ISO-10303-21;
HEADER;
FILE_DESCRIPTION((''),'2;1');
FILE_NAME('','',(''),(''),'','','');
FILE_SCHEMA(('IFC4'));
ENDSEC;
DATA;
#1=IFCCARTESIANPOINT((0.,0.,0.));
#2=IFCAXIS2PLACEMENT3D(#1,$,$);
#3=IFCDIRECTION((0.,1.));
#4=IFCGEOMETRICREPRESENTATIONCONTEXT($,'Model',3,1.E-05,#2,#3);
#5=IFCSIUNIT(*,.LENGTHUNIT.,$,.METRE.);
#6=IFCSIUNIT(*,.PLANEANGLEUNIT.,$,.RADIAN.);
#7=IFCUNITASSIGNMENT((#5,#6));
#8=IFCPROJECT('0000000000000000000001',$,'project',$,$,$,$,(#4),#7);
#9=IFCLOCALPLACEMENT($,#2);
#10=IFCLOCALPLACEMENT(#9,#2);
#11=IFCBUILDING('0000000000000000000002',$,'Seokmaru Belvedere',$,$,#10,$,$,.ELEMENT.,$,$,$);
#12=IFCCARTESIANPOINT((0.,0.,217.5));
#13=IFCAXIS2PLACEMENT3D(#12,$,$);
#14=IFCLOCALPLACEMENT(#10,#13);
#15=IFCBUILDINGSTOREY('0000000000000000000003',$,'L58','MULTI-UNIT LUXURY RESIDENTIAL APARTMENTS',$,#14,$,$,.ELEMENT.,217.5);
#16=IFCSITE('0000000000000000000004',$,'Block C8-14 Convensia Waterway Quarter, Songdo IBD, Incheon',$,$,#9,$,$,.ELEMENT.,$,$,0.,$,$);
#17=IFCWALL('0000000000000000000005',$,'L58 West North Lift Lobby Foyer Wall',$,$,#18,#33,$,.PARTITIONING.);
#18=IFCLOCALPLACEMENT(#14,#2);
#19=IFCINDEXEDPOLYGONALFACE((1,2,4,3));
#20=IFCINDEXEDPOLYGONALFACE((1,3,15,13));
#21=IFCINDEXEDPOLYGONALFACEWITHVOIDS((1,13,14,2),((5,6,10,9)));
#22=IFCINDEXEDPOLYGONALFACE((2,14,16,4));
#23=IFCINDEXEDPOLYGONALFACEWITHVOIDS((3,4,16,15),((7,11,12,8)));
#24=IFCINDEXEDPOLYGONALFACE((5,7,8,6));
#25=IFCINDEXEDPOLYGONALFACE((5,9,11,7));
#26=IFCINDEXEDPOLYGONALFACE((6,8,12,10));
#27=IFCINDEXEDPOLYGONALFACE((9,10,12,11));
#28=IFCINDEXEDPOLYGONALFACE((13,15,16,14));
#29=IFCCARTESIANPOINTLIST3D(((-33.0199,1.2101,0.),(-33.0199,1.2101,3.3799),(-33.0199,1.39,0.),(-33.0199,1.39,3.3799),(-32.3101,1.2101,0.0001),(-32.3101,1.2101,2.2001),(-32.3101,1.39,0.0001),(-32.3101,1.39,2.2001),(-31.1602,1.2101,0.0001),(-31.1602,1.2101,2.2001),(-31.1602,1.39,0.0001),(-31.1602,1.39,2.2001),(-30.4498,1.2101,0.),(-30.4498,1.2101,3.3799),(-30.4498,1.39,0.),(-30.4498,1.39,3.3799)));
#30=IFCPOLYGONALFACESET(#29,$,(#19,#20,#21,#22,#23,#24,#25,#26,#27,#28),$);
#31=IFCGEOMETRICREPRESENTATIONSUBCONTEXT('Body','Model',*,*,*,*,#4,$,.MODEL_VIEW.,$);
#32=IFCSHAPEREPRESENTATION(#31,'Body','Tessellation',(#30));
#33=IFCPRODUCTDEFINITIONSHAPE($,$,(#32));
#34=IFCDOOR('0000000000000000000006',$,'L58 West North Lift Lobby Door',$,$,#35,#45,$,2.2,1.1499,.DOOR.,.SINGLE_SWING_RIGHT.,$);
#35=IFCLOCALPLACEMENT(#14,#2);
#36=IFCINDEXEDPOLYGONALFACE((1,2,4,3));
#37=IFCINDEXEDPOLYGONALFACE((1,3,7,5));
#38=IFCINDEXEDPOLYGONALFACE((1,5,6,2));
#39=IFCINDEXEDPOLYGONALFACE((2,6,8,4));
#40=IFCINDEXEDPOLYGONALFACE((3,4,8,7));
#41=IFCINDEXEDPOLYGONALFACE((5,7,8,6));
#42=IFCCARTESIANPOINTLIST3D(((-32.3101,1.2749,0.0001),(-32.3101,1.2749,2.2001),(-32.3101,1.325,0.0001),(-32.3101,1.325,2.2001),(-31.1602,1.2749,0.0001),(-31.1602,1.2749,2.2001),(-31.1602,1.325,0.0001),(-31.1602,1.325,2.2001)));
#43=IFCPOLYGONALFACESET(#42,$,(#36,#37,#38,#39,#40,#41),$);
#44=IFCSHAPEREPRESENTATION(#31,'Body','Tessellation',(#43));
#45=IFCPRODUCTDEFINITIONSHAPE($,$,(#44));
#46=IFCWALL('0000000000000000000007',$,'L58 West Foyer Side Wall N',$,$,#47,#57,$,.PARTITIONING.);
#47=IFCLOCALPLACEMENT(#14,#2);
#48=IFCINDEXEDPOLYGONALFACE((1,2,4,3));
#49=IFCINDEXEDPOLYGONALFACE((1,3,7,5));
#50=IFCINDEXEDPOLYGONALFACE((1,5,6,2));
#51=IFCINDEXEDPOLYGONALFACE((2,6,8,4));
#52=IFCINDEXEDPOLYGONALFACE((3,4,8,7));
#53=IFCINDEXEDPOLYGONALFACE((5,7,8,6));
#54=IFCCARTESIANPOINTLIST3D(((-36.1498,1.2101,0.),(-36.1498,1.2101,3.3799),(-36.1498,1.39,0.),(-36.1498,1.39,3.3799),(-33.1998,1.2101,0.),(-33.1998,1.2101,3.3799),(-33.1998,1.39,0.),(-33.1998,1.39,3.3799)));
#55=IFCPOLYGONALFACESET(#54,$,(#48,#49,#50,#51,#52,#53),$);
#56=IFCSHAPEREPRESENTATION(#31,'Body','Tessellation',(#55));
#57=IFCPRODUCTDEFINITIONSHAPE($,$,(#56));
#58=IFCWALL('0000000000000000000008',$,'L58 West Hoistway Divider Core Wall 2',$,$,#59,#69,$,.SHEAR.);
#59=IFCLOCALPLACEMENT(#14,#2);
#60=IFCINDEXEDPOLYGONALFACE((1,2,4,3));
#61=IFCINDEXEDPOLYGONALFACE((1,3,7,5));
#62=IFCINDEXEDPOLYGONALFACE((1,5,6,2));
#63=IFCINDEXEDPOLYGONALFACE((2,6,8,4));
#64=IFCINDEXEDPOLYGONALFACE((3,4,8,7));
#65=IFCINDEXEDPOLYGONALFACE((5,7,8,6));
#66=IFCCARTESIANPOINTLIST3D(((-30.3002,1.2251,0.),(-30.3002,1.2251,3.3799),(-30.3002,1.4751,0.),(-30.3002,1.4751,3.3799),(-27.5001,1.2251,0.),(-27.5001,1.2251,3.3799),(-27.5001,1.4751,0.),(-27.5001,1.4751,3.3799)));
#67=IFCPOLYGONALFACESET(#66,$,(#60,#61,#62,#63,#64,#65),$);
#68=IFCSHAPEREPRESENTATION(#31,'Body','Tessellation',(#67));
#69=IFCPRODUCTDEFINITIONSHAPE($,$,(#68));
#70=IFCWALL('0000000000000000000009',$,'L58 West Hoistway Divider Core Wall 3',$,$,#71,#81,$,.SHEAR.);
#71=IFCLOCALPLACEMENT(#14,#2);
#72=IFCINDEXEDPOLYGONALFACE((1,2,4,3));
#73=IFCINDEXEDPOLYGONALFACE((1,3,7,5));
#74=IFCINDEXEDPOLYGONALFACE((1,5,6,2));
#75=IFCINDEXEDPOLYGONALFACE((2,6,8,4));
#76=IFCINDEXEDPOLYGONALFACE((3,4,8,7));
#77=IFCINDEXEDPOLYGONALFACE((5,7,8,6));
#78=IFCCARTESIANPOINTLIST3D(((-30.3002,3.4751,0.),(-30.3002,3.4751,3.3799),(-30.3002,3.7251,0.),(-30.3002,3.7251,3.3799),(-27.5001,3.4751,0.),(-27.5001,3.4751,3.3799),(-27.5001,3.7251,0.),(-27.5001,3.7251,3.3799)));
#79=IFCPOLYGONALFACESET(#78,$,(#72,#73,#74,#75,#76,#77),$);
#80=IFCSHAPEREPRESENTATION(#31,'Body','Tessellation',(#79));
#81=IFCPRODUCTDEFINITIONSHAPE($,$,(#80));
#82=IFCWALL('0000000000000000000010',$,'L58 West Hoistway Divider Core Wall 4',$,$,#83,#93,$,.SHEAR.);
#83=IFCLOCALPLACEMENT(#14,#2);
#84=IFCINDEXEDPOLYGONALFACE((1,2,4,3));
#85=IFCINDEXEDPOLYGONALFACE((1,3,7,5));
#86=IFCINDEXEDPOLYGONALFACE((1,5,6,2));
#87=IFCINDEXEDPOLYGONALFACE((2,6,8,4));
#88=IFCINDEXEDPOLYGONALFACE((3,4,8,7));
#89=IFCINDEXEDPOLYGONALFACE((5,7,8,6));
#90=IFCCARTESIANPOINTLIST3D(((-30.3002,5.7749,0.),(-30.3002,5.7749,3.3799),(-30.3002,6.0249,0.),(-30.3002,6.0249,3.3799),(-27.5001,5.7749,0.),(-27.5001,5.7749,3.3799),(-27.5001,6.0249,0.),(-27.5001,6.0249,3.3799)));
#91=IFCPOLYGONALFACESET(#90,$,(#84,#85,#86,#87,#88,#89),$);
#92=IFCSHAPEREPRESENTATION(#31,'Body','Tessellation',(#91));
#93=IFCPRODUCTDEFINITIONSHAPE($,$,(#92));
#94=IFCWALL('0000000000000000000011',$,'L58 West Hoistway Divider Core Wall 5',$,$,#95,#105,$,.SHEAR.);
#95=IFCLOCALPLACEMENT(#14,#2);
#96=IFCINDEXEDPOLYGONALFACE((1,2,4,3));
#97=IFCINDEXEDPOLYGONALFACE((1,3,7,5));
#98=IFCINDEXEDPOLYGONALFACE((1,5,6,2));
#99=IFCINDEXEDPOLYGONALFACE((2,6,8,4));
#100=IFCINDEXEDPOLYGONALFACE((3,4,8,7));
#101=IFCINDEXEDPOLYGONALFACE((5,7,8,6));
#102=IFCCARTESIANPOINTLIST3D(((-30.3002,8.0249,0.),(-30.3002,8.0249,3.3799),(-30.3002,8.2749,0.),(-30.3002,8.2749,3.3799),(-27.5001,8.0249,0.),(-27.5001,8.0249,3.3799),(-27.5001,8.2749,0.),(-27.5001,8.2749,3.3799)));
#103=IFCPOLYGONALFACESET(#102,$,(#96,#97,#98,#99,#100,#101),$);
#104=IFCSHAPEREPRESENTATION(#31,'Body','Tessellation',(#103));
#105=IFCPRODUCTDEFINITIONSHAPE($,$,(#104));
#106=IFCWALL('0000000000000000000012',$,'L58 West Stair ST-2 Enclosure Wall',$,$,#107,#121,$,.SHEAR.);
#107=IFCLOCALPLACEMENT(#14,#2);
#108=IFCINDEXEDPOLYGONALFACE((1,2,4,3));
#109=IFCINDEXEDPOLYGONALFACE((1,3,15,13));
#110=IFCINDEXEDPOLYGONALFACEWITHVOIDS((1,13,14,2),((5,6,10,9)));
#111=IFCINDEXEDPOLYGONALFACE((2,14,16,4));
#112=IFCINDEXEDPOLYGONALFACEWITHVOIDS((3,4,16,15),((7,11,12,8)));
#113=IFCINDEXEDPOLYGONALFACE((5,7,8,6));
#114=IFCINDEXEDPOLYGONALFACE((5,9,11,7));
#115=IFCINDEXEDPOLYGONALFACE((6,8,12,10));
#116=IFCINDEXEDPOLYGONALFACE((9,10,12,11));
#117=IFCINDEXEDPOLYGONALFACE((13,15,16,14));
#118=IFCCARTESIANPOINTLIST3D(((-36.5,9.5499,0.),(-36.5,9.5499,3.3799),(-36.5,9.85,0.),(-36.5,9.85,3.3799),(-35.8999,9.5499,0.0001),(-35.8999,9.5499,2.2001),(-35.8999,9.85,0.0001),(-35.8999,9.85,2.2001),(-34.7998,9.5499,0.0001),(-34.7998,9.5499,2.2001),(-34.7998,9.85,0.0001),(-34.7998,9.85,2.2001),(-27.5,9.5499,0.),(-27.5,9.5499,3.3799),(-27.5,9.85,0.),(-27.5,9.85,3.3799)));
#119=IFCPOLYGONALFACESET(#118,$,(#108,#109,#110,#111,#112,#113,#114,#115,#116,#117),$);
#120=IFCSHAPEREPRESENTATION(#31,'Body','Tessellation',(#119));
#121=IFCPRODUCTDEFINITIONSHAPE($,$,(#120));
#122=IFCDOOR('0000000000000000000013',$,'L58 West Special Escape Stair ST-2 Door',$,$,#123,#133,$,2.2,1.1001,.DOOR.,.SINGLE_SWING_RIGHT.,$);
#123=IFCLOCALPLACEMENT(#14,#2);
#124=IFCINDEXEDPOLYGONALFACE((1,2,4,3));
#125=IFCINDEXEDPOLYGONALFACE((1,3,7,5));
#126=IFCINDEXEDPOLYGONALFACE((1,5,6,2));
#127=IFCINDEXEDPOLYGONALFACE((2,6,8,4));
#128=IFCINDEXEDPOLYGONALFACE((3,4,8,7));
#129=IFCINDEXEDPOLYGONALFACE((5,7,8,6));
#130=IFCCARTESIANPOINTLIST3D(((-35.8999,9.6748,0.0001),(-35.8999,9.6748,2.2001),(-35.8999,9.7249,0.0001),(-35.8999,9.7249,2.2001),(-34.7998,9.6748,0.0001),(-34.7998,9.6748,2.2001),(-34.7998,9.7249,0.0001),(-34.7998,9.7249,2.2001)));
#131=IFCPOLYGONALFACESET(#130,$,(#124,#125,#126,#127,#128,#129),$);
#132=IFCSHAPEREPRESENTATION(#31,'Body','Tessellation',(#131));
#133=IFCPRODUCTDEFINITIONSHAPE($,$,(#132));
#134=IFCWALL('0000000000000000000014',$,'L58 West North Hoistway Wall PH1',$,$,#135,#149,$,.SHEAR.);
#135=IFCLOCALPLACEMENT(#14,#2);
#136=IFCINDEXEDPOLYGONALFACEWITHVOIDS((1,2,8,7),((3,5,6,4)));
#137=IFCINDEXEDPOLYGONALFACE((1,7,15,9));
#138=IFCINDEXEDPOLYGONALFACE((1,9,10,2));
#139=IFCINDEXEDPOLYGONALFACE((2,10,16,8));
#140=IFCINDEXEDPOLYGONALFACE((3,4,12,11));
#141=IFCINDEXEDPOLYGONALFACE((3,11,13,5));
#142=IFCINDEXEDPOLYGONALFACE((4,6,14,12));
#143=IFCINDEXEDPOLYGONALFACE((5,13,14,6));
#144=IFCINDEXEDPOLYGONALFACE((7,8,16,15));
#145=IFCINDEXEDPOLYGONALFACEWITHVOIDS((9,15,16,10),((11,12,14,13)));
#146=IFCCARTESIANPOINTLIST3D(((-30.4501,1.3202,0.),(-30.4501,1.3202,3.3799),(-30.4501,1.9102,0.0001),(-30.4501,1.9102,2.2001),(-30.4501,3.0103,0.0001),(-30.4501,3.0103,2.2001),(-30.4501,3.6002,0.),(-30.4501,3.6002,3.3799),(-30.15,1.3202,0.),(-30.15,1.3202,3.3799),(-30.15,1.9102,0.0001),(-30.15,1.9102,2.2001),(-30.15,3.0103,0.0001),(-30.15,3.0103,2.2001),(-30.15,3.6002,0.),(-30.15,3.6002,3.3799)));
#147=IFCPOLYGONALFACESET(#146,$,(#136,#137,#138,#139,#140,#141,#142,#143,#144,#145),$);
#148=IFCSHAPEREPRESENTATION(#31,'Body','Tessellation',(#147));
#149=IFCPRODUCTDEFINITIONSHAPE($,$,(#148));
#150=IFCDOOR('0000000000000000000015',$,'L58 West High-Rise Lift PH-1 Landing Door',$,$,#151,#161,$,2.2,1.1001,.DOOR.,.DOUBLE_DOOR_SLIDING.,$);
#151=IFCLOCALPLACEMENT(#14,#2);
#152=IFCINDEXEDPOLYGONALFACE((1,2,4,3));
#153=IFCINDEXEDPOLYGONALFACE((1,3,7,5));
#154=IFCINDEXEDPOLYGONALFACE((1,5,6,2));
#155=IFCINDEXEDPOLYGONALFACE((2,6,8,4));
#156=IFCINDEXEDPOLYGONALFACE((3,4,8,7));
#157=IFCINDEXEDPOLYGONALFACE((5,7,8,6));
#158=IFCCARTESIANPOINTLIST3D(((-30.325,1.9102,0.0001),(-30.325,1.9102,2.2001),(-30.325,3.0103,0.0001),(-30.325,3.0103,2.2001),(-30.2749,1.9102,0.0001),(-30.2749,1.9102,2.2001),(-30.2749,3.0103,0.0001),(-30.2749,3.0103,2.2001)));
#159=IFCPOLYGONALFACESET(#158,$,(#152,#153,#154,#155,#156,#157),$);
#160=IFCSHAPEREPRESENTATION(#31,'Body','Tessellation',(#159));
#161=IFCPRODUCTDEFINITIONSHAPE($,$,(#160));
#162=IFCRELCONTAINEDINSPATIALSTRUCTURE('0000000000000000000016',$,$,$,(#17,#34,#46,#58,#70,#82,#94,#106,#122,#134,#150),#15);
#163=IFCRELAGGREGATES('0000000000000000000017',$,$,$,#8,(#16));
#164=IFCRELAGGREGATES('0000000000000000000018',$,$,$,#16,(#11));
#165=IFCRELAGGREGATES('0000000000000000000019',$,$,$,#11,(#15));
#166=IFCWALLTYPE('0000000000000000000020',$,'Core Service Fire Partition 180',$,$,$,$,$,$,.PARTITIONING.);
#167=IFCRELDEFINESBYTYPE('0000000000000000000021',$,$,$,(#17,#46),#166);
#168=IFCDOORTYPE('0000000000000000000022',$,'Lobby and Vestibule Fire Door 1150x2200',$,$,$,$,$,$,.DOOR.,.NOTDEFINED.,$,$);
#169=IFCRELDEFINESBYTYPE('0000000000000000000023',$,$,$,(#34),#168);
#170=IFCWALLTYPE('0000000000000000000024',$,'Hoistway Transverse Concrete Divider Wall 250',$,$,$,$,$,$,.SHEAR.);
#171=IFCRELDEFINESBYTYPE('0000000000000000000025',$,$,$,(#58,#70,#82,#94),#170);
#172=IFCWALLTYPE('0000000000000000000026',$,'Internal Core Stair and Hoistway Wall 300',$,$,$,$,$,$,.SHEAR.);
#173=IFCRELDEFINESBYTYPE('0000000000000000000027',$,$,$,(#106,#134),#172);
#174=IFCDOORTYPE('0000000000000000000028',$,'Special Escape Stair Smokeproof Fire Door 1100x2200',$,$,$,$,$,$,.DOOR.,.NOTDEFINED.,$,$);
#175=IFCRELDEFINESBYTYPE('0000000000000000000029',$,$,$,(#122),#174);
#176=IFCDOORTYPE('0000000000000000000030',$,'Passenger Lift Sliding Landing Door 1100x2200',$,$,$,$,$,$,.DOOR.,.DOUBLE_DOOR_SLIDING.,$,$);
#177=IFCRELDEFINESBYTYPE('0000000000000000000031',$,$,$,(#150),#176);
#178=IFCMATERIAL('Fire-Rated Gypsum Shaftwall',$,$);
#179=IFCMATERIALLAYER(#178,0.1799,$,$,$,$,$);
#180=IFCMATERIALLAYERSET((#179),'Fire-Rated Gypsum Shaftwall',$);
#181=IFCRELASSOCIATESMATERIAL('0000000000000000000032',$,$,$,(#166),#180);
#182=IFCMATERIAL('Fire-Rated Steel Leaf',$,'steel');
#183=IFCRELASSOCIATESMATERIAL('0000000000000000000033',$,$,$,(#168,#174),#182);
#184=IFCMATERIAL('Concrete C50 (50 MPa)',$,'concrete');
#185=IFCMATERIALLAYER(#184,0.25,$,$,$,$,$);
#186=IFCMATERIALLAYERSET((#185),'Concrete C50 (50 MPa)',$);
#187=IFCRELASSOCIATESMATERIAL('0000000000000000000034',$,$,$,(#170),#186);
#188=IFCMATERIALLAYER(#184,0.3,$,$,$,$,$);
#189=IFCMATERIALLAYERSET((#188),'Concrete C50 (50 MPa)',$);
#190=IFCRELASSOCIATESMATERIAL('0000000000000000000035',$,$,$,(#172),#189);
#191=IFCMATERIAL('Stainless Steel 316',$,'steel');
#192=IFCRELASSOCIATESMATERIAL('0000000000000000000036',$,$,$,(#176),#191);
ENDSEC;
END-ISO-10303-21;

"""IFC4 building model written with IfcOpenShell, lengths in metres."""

from ifc_helpers import new_model, si_unit, direction, frame, frame_2d, origin, place, context, subcontext, project, spatial, rectangle, extrude, source, transform, mapped, material, layer, layer_set, type_object, type_shapes, element, fill, save


model = new_model("IFC4")

# Units and contexts
model_context = context("Model", 3, precision=1e-05, world=origin(), true_north=direction((0.0, 1.0)))
body_context = subcontext(model_context, "Body", "Model", "MODEL_VIEW")
ifc_project = project(units=[si_unit("LENGTHUNIT", "METRE"), si_unit("PLANEANGLEUNIT", "RADIAN")], contexts=[model_context])

# Site, building, storey
site_placement = place(None, origin())
site = spatial("IfcSite", under=ifc_project, at=site_placement, Name="Block C8-14 Convensia Waterway Quarter, Songdo IBD, Incheon", CompositionType="ELEMENT", RefElevation=0.0)
building_placement = place(site_placement, origin())
building = spatial("IfcBuilding", under=site, at=building_placement, Name="Seokmaru Belvedere", CompositionType="ELEMENT")
storey_placement = place(building_placement, frame((0.0, 0.0, 217.5)))
storey = spatial("IfcBuildingStorey", under=building, at=storey_placement, Name="L58", Description="MULTI-UNIT LUXURY RESIDENTIAL APARTMENTS", CompositionType="ELEMENT", Elevation=217.5)

# Shared definitions
ifc_material_1 = material(Name="Fire-Rated Gypsum Shaftwall")
ifc_layer_1 = layer(ifc_material_1, 0.1799)
ifc_layer_set_1 = layer_set([ifc_layer_1], Name="Fire-Rated Gypsum Shaftwall")
wall_type_1 = type_object("IfcWallType", Name="Core Service Fire Partition 180", PredefinedType="PARTITIONING", material=ifc_layer_set_1)

# Wall, opening, door
wall_1_placement = place(storey_placement, frame((-33.02, 1.3, 0.0), z_axis=(0.0, 0.0, 1.0), x_axis=(1.0, 0.0, 0.0)))
wall_1 = element("IfcWall", 1, at=wall_1_placement, inside=storey, type_object=wall_type_1, Name="L58 West North Lift Lobby Foyer Wall", PredefinedType="PARTITIONING", context=body_context, shape_type="SweptSolid", body=[
    extrude(rectangle(XDim=2.5701, YDim=0.1799, at=frame_2d((1.2852, 0.0))), origin(), (0.0, 0.0, 1.0), 3.3799),
])
opening_1_placement = place(wall_1_placement, frame((0.71, 0.0, 0.0)))
opening_1 = element("IfcOpeningElement", 2, at=opening_1_placement, cuts=wall_1, PredefinedType="OPENING", context=body_context, shape_type="SweptSolid", body=[
    extrude(rectangle(XDim=1.1499, YDim=2.2, at=frame_2d((0.575, 1.1001))), frame((0.0, 0.1001, 0.0), z_axis=(0.0, -1.0, 0.0), x_axis=(1.0, 0.0, 0.0)), (0.0, 0.0, 1.0), 0.2),
])
ifc_material_2 = material(Name="Fire-Rated Steel Leaf", Category="steel")
door_type_1 = type_object("IfcDoorType", Name="Lobby and Vestibule Fire Door 1150x2200", OperationType="NOTDEFINED", PredefinedType="DOOR", material=ifc_material_2)
shared_shape_1 = source(origin(), body_context, "Body", "SweptSolid", [
    extrude(rectangle(XDim=1.1499, YDim=2.2, at=frame_2d((0.575, 1.1001))), frame((0.0, 0.0249, 0.0), z_axis=(0.0, -1.0, 0.0), x_axis=(1.0, 0.0, 0.0)), (0.0, 0.0, 1.0), 0.05),
])
type_shapes(door_type_1, [shared_shape_1])
door_1_placement = place(opening_1_placement, origin())
door_1 = element("IfcDoor", 3, at=door_1_placement, inside=storey, type_object=door_type_1, Name="L58 West North Lift Lobby Door", OperationType="SINGLE_SWING_RIGHT", OverallHeight=2.2, OverallWidth=1.1499, PredefinedType="DOOR", context=body_context, shape_type="MappedRepresentation", body=[
    mapped(shared_shape_1, transform((0.0, 0.0, 0.0), scale=1.0)),
])
fill(opening_1, door_1)

# Walls
wall_2_placement = place(storey_placement, frame((-36.1499, 1.3, 0.0), z_axis=(0.0, 0.0, 1.0), x_axis=(1.0, 0.0, 0.0)))
element("IfcWall", 4, at=wall_2_placement, inside=storey, type_object=wall_type_1, Name="L58 West Foyer Side Wall N", PredefinedType="PARTITIONING", context=body_context, shape_type="SweptSolid", body=[
    extrude(rectangle(XDim=2.95, YDim=0.1799, at=frame_2d((1.4751, 0.0))), origin(), (0.0, 0.0, 1.0), 3.3799),
])
ifc_material_3 = material(Name="Concrete C50 (50 MPa)", Category="concrete")
ifc_layer_2 = layer(ifc_material_3, 0.25)
ifc_layer_set_2 = layer_set([ifc_layer_2], Name="Concrete C50 (50 MPa)")
wall_type_2 = type_object("IfcWallType", Name="Hoistway Transverse Concrete Divider Wall 250", PredefinedType="SHEAR", material=ifc_layer_set_2)
for number, where, z_axis, x_axis, name in (
    (5, (-30.3, 1.3501, 0.0), (0.0, 0.0, 1.0), (1.0, 0.0, 0.0), "L58 West Hoistway Divider Core Wall 2"),
    (6, (-30.3, 3.6001, 0.0), (0.0, 0.0, 1.0), (1.0, 0.0, 0.0), "L58 West Hoistway Divider Core Wall 3"),
    (7, (-30.3, 5.8999, 0.0), (0.0, 0.0, 1.0), (1.0, 0.0, 0.0), "L58 West Hoistway Divider Core Wall 4"),
    (8, (-30.3, 8.1499, 0.0), (0.0, 0.0, 1.0), (1.0, 0.0, 0.0), "L58 West Hoistway Divider Core Wall 5"),
):
    element("IfcWall", number, at=place(storey_placement, frame(where, z_axis=z_axis, x_axis=x_axis)), inside=storey, type_object=wall_type_2, Name=name, PredefinedType="SHEAR", context=body_context, shape_type="SweptSolid", body=[
        extrude(rectangle(XDim=2.8, YDim=0.25, at=frame_2d((1.3999, 0.0))), origin(), (0.0, 0.0, 1.0), 3.3799),
    ])

# Walls, openings, doors
ifc_layer_3 = layer(ifc_material_3, 0.3)
ifc_layer_set_3 = layer_set([ifc_layer_3], Name="Concrete C50 (50 MPa)")
wall_type_3 = type_object("IfcWallType", Name="Internal Core Stair and Hoistway Wall 300", PredefinedType="SHEAR", material=ifc_layer_set_3)
wall_3_placement = place(storey_placement, frame((-36.5, 9.7, 0.0), z_axis=(0.0, 0.0, 1.0), x_axis=(1.0, 0.0, 0.0)))
wall_3 = element("IfcWall", 9, at=wall_3_placement, inside=storey, type_object=wall_type_3, Name="L58 West Stair ST-2 Enclosure Wall", PredefinedType="SHEAR", context=body_context, shape_type="SweptSolid", body=[
    extrude(rectangle(XDim=9.0, YDim=0.3, at=frame_2d((4.5, 0.0))), origin(), (0.0, 0.0, 1.0), 3.3799),
])
opening_2_placement = place(wall_3_placement, frame((0.6001, 0.0, 0.0)))
opening_2 = element("IfcOpeningElement", 10, at=opening_2_placement, cuts=wall_3, PredefinedType="OPENING", context=body_context, shape_type="SweptSolid", body=[
    extrude(rectangle(XDim=1.1001, YDim=2.2, at=frame_2d((0.55, 1.1001))), frame((0.0, 0.1602, 0.0), z_axis=(0.0, -1.0, 0.0), x_axis=(1.0, 0.0, 0.0)), (0.0, 0.0, 1.0), 0.3201),
])
door_type_2 = type_object("IfcDoorType", Name="Special Escape Stair Smokeproof Fire Door 1100x2200", OperationType="NOTDEFINED", PredefinedType="DOOR", material=ifc_material_2)
shared_shape_2 = source(origin(), body_context, "Body", "SweptSolid", [
    extrude(rectangle(XDim=1.1001, YDim=2.2, at=frame_2d((0.55, 1.1001))), frame((0.0, 0.0249, 0.0), z_axis=(0.0, -1.0, 0.0), x_axis=(1.0, 0.0, 0.0)), (0.0, 0.0, 1.0), 0.05),
])
type_shapes(door_type_2, [shared_shape_2])
door_2_placement = place(opening_2_placement, origin())
door_2 = element("IfcDoor", 11, at=door_2_placement, inside=storey, type_object=door_type_2, Name="L58 West Special Escape Stair ST-2 Door", OperationType="SINGLE_SWING_RIGHT", OverallHeight=2.2, OverallWidth=1.1001, PredefinedType="DOOR", context=body_context, shape_type="MappedRepresentation", body=[
    mapped(shared_shape_2, transform((0.0, 0.0, 0.0), scale=1.0)),
])
fill(opening_2, door_2)
wall_4_placement = place(storey_placement, frame((-30.3, 1.3201, 0.0), z_axis=(0.0, 0.0, 1.0), x_axis=(0.0, 1.0, 0.0)))
wall_4 = element("IfcWall", 12, at=wall_4_placement, inside=storey, type_object=wall_type_3, Name="L58 West North Hoistway Wall PH1", PredefinedType="SHEAR", context=body_context, shape_type="SweptSolid", body=[
    extrude(rectangle(XDim=2.28, YDim=0.3, at=frame_2d((1.1401, 0.0))), origin(), (0.0, 0.0, 1.0), 3.3799),
])
opening_3_placement = place(wall_4_placement, frame((0.5901, 0.0, 0.0)))
opening_3 = element("IfcOpeningElement", 13, at=opening_3_placement, cuts=wall_4, PredefinedType="OPENING", context=body_context, shape_type="SweptSolid", body=[
    extrude(rectangle(XDim=1.1001, YDim=2.2, at=frame_2d((0.55, 1.1001))), frame((0.0, 0.1602, 0.0), z_axis=(0.0, -1.0, 0.0), x_axis=(1.0, 0.0, 0.0)), (0.0, 0.0, 1.0), 0.3201),
])
ifc_material_4 = material(Name="Stainless Steel 316", Category="steel")
door_type_3 = type_object("IfcDoorType", Name="Passenger Lift Sliding Landing Door 1100x2200", OperationType="DOUBLE_DOOR_SLIDING", PredefinedType="DOOR", material=ifc_material_4)
shared_shape_3 = source(origin(), body_context, "Body", "SweptSolid", [
    extrude(rectangle(XDim=1.1001, YDim=2.2, at=frame_2d((0.55, 1.1001))), frame((0.0, 0.0249, 0.0), z_axis=(0.0, -1.0, 0.0), x_axis=(1.0, 0.0, 0.0)), (0.0, 0.0, 1.0), 0.05),
])
type_shapes(door_type_3, [shared_shape_3])
door_3_placement = place(opening_3_placement, origin())
door_3 = element("IfcDoor", 14, at=door_3_placement, inside=storey, type_object=door_type_3, Name="L58 West High-Rise Lift PH-1 Landing Door", OperationType="DOUBLE_DOOR_SLIDING", OverallHeight=2.2, OverallWidth=1.1001, PredefinedType="DOOR", context=body_context, shape_type="MappedRepresentation", body=[
    mapped(shared_shape_3, transform((0.0, 0.0, 0.0), scale=1.0)),
])
fill(opening_3, door_3)

save(model, "model.ifc")
